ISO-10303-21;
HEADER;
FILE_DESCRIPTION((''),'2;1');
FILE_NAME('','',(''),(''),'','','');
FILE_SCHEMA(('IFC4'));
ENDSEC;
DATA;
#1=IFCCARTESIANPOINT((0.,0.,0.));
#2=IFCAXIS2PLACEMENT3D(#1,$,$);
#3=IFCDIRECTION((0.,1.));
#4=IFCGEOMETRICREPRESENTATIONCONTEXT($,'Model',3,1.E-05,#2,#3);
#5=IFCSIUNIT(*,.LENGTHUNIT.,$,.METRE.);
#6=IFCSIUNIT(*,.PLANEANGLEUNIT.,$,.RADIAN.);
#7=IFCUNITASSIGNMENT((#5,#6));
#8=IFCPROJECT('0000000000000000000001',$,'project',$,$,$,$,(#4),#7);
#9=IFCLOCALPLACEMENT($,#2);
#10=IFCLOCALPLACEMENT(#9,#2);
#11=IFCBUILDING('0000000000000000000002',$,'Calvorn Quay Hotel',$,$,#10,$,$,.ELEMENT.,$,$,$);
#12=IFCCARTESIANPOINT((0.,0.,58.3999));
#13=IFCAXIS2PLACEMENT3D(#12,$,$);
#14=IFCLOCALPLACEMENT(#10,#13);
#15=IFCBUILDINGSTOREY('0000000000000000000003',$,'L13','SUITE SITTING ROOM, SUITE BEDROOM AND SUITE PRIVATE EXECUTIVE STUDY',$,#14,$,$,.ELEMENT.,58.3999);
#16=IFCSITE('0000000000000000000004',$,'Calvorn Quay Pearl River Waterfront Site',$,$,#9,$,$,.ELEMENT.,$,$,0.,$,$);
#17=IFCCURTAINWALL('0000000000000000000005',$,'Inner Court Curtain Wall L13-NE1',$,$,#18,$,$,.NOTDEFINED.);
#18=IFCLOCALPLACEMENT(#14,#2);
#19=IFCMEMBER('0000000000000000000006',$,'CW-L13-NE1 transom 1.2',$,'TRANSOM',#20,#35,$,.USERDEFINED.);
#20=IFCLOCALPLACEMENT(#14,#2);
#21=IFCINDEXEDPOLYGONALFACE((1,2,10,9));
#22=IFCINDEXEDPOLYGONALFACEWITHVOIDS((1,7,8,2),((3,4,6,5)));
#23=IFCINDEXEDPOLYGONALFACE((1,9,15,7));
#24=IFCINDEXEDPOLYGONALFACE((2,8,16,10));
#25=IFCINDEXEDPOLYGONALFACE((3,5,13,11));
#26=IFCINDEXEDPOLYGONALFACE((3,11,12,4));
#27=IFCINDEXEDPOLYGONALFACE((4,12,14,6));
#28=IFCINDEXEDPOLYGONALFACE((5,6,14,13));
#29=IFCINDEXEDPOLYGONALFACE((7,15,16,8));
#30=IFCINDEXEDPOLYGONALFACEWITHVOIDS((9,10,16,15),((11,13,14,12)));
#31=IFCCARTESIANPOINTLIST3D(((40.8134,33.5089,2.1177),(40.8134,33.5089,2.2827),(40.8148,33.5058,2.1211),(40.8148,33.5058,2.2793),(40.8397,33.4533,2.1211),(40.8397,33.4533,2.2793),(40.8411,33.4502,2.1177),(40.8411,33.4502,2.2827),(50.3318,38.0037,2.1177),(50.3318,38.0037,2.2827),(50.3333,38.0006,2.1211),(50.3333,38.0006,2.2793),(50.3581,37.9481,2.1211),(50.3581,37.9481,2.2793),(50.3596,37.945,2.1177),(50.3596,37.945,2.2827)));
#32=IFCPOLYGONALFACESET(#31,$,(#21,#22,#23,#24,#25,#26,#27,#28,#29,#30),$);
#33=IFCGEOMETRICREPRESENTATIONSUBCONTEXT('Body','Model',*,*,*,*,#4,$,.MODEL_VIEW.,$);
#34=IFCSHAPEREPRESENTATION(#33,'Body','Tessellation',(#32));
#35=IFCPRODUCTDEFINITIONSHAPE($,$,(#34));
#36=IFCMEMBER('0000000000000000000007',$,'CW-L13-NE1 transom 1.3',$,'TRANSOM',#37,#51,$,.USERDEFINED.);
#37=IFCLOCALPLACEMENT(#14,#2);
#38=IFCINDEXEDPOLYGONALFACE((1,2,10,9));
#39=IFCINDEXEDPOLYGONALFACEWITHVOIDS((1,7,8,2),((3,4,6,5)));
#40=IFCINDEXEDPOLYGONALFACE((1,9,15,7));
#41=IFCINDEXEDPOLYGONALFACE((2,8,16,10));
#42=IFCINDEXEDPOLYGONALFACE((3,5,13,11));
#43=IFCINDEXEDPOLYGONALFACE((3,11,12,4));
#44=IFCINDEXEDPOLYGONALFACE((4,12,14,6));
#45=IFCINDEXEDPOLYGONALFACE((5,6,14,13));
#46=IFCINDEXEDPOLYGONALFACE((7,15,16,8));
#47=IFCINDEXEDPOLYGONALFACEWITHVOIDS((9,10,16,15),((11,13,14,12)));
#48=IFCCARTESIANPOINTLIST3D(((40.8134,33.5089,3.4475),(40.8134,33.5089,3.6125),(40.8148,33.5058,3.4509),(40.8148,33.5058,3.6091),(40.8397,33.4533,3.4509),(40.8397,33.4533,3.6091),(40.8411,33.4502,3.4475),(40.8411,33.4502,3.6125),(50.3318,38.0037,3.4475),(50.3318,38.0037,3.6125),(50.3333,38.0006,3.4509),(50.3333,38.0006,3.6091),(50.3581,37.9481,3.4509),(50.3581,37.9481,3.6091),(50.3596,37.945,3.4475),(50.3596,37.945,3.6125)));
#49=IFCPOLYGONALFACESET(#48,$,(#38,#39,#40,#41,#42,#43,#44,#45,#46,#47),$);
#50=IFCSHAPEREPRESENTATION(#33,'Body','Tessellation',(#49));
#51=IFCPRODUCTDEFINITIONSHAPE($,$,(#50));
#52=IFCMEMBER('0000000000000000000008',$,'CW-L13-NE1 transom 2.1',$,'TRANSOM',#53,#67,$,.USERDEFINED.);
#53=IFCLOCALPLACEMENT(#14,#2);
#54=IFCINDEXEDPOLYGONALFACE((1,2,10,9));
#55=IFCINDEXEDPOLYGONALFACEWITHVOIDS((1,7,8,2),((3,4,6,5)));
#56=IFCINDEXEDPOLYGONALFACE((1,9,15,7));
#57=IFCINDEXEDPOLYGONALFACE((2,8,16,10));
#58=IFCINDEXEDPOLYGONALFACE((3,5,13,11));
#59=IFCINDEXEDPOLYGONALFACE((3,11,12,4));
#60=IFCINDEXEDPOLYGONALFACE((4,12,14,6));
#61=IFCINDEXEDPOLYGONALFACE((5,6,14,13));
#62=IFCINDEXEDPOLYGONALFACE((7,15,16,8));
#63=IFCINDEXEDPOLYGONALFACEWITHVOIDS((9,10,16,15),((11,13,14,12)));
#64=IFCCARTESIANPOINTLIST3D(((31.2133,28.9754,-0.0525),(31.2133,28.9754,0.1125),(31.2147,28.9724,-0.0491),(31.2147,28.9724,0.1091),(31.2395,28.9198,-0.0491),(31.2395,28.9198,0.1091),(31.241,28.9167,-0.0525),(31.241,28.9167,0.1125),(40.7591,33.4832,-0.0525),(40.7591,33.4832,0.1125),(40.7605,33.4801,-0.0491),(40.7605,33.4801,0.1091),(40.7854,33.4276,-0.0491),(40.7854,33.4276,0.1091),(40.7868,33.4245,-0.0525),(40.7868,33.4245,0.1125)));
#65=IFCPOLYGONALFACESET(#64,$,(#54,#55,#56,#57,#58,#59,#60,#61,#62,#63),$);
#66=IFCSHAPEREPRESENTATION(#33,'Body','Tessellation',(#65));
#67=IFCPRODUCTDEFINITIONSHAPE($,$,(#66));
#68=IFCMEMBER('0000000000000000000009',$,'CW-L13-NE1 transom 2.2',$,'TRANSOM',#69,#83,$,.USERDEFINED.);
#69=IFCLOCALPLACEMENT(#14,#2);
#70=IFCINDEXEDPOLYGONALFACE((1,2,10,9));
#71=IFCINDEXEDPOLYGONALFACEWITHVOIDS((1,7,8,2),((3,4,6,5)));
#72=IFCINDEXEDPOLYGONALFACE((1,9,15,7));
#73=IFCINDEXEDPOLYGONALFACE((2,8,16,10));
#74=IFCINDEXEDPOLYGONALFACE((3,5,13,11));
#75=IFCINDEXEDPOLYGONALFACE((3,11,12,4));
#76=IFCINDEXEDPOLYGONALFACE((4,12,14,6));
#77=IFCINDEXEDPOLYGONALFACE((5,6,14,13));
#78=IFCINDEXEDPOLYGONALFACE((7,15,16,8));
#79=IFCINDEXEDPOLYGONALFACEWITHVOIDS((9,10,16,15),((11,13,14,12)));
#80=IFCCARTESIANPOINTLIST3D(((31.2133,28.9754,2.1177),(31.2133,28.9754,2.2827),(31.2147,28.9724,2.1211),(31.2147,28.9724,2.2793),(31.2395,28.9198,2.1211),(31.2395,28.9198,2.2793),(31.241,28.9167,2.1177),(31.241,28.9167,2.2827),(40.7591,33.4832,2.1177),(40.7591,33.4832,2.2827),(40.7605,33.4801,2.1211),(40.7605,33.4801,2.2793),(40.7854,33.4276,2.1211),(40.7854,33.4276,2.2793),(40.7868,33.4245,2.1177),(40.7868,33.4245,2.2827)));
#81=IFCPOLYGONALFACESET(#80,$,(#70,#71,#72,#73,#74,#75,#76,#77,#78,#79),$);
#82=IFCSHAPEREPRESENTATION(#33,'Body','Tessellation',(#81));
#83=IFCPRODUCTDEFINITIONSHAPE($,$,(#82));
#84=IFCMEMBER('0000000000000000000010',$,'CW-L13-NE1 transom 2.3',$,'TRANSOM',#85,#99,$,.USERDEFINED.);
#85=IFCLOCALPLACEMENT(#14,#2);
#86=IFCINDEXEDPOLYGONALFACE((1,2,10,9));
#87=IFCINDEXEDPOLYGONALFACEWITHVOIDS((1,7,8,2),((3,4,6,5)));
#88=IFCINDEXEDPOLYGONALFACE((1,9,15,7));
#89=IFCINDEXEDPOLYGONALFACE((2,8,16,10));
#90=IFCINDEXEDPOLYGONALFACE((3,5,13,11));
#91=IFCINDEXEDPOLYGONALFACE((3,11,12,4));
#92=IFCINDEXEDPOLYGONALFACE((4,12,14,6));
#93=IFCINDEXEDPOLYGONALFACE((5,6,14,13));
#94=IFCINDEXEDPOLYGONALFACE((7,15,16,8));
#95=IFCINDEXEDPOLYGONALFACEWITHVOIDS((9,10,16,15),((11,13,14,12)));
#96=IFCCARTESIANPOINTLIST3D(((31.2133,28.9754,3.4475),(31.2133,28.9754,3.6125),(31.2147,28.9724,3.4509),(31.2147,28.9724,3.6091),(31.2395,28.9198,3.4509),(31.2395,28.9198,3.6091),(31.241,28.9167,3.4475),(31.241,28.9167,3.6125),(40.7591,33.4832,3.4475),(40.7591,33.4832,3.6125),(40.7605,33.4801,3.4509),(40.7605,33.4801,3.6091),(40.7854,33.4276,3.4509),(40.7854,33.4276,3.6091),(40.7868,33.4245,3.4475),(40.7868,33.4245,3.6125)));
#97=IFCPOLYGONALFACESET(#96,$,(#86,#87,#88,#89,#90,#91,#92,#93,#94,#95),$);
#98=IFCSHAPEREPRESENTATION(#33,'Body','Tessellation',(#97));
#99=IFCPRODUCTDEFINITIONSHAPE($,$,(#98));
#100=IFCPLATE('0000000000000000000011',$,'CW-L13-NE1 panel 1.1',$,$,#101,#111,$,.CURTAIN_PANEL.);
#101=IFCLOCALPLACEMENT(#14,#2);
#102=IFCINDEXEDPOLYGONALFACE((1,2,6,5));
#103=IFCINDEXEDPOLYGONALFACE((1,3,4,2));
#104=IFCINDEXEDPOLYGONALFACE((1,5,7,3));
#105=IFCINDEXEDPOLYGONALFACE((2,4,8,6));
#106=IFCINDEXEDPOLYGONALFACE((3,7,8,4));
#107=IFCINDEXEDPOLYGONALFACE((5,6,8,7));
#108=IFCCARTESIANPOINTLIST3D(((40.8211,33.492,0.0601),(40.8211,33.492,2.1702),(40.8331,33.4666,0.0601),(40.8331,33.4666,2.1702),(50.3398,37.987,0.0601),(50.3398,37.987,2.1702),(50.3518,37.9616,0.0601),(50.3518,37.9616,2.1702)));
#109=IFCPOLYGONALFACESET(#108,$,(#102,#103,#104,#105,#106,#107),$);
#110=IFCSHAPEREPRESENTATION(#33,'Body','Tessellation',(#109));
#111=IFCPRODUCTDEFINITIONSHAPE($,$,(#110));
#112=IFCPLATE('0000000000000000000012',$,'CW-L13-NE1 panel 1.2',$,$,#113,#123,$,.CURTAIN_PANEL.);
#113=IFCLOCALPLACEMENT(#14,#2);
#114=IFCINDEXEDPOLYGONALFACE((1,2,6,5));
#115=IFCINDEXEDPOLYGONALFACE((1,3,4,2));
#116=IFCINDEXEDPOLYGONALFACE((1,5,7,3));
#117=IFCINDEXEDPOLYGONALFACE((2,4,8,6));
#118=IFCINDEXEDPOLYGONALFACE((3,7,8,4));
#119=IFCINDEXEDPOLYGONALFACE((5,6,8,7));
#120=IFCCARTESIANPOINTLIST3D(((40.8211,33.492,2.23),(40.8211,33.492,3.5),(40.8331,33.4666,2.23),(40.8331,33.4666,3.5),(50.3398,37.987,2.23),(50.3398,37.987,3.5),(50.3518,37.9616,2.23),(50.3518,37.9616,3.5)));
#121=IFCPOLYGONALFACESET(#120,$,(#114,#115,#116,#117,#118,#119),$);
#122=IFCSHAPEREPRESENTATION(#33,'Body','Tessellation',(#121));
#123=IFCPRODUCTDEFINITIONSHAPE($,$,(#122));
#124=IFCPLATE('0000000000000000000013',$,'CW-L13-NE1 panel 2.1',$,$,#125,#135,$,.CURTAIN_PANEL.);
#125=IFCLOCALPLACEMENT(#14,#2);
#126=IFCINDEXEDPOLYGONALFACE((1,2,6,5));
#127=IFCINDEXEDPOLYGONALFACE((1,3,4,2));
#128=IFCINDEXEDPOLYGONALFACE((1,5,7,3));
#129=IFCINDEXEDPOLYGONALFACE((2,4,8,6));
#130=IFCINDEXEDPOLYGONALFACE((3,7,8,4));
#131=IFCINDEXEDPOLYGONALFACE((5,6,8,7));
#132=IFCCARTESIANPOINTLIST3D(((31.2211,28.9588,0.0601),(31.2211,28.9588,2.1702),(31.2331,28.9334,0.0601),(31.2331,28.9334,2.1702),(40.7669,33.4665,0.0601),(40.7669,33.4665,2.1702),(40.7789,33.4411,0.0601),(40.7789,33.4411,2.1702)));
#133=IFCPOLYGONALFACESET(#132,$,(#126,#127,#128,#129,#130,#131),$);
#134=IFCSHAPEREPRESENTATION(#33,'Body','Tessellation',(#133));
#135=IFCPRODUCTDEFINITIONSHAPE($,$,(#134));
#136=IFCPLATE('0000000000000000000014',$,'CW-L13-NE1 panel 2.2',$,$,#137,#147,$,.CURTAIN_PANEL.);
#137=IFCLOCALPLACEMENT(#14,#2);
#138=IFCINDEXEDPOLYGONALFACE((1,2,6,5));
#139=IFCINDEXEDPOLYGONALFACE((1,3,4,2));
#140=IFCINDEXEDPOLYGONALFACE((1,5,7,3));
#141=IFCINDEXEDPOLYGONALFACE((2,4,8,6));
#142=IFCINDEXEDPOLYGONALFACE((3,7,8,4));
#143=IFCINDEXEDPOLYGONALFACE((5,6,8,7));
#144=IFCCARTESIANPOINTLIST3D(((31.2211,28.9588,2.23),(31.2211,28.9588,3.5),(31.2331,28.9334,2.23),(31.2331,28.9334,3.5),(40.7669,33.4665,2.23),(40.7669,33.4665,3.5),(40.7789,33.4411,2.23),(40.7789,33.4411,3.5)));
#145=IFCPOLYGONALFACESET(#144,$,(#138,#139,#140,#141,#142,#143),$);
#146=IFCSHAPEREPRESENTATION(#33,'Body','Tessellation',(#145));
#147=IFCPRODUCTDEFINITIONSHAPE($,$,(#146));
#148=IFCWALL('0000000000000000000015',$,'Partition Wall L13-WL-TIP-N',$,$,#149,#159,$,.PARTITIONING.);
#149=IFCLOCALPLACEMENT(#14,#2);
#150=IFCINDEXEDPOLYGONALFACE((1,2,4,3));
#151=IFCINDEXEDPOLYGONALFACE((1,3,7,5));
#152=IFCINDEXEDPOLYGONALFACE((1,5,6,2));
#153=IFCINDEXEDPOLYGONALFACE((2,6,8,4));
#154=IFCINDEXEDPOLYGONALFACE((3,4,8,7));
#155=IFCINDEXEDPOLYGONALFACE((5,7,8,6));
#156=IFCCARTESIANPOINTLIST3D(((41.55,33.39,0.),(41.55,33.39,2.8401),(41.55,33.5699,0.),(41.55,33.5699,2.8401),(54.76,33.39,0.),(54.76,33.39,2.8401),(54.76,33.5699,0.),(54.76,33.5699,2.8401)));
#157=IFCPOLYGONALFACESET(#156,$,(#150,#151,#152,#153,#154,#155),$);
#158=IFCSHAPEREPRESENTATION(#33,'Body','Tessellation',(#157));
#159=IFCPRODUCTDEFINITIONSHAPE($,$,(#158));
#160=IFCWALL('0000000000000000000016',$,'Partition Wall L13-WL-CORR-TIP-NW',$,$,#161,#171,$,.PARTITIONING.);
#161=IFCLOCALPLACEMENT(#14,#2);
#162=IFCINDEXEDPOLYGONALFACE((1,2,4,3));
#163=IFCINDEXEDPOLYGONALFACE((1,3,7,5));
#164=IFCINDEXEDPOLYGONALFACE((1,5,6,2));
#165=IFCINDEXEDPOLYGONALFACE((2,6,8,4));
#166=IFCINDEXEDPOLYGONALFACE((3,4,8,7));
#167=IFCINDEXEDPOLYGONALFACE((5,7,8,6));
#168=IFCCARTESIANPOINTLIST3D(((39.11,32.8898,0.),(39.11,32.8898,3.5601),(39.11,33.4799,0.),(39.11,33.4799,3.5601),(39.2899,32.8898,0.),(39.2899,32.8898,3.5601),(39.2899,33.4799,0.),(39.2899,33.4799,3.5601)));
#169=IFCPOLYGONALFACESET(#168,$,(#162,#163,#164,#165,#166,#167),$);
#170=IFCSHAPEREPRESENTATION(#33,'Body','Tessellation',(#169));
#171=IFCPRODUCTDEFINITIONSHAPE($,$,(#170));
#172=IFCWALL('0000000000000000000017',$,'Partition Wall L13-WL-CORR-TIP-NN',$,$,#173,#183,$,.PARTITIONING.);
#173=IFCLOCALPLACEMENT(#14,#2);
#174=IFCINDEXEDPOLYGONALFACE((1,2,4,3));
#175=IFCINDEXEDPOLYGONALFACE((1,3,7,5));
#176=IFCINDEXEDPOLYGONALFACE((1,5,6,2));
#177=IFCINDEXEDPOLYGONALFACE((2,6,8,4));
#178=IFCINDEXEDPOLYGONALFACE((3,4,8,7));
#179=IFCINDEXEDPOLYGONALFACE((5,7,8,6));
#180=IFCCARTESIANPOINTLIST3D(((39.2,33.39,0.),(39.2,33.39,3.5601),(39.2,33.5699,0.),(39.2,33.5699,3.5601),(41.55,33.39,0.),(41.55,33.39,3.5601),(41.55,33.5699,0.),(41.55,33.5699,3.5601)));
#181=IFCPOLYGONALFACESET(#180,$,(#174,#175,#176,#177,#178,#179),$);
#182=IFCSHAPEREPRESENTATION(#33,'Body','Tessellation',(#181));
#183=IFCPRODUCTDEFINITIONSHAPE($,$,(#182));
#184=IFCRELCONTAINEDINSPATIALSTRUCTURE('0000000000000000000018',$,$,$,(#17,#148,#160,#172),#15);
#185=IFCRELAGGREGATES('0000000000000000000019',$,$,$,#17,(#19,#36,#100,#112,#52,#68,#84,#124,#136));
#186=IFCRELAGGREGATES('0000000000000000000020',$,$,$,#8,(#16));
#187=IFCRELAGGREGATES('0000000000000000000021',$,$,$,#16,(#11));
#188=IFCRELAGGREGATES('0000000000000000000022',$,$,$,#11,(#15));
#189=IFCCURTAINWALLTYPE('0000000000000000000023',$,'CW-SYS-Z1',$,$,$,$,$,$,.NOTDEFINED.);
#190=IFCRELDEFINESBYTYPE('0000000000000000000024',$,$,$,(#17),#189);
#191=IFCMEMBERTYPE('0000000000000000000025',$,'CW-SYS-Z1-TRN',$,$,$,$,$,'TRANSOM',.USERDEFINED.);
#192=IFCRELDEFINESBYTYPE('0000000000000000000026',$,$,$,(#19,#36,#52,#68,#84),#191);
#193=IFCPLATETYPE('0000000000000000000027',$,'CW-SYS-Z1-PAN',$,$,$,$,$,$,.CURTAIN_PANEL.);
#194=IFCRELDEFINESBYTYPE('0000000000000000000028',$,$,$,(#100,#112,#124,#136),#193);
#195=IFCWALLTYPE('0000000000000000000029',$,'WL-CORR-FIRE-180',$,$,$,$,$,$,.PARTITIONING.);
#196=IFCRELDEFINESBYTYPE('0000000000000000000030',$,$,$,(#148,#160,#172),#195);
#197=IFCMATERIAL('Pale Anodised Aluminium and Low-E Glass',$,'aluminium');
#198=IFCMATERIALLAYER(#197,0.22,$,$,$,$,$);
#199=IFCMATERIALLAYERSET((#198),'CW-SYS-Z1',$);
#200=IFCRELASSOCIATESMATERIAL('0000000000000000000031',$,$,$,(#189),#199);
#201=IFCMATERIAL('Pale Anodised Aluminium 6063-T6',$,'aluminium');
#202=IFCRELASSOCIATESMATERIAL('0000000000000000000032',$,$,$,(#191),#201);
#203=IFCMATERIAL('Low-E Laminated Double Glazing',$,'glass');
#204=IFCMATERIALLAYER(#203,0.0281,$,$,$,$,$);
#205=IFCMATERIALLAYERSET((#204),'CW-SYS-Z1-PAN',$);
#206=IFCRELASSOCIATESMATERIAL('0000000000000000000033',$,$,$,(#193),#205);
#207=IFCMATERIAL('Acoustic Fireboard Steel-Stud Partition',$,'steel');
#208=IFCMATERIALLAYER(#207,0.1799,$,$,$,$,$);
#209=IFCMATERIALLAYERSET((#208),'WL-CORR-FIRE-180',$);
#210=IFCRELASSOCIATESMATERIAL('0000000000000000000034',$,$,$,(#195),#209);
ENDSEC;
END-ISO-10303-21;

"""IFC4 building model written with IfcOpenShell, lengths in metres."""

from ifc_helpers import new_model, si_unit, direction, frame, frame_2d, origin, origin_2d, place, context, subcontext, project, spatial, rectangle, hollow_rectangle, extrude, material, layer, layer_set, material_profile, profile_set, type_object, element, aggregate, save


model = new_model("IFC4")

# Units and contexts
model_context = context("Model", 3, precision=1e-05, world=origin(), true_north=direction((0.0, 1.0)))
body_context = subcontext(model_context, "Body", "Model", "MODEL_VIEW")
ifc_project = project(units=[si_unit("LENGTHUNIT", "METRE"), si_unit("PLANEANGLEUNIT", "RADIAN")], contexts=[model_context])

# Site, building, storey
site_placement = place(None, origin())
site = spatial("IfcSite", under=ifc_project, at=site_placement, Name="Calvorn Quay Pearl River Waterfront Site", CompositionType="ELEMENT", RefElevation=0.0)
building_placement = place(site_placement, origin())
building = spatial("IfcBuilding", under=site, at=building_placement, Name="Calvorn Quay Hotel", CompositionType="ELEMENT")
storey_placement = place(building_placement, frame((0.0, 0.0, 58.3999)))
storey = spatial("IfcBuildingStorey", under=building, at=storey_placement, Name="L13", Description="SUITE SITTING ROOM, SUITE BEDROOM AND SUITE PRIVATE EXECUTIVE STUDY", CompositionType="ELEMENT", Elevation=58.3999)

# Curtain wall, members, plates
ifc_material_1 = material(Name="Pale Anodised Aluminium and Low-E Glass", Category="aluminium")
ifc_layer_1 = layer(ifc_material_1, 0.22)
ifc_layer_set_1 = layer_set([ifc_layer_1], Name="CW-SYS-Z1")
curtain_wall_type = type_object("IfcCurtainWallType", Name="CW-SYS-Z1", PredefinedType="NOTDEFINED", material=ifc_layer_set_1)
curtain_wall_placement = place(storey_placement, origin())
curtain_wall = element("IfcCurtainWall", 1, at=curtain_wall_placement, inside=storey, type_object=curtain_wall_type, Name="Inner Court Curtain Wall L13-NE1", PredefinedType="NOTDEFINED")
ifc_material_2 = material(Name="Pale Anodised Aluminium 6063-T6", Category="aluminium")
ifc_material_profile_1 = material_profile(ifc_material_2, hollow_rectangle(XDim=0.0649, YDim=0.165, WallThickness=0.0034, at=origin_2d()), Name="ALU-T165x65x3.5")
ifc_profile_set_1 = profile_set([ifc_material_profile_1], Name="Pale Anodised Aluminium 6063-T6")
member_type_1 = type_object("IfcMemberType", Name="CW-SYS-Z1-TRN", ElementType="TRANSOM", PredefinedType="USERDEFINED", material=ifc_profile_set_1)
member_1_placement = place(storey_placement, frame((50.3457, 37.9744, 2.2002), z_axis=(-0.904249, -0.427006, 0.0), x_axis=(0.427006, -0.904249, 0.0)))
member_1 = element("IfcMember", 2, at=member_1_placement, type_object=member_type_1, Name="CW-L13-NE1 transom 1.2", ObjectType="TRANSOM", PredefinedType="USERDEFINED", context=body_context, shape_type="SweptSolid", body=[
    extrude(hollow_rectangle(XDim=0.0649, YDim=0.165, WallThickness=0.0034, at=origin_2d()), origin(), (0.0, 0.0, 1.0), 10.5264),
])
member_2_placement = place(storey_placement, frame((50.3457, 37.9744, 3.53), z_axis=(-0.904249, -0.427006, 0.0), x_axis=(0.427006, -0.904249, 0.0)))
member_2 = element("IfcMember", 3, at=member_2_placement, type_object=member_type_1, Name="CW-L13-NE1 transom 1.3", ObjectType="TRANSOM", PredefinedType="USERDEFINED", context=body_context, shape_type="SweptSolid", body=[
    extrude(hollow_rectangle(XDim=0.0649, YDim=0.165, WallThickness=0.0034, at=origin_2d()), origin(), (0.0, 0.0, 1.0), 10.5264),
])
member_3_placement = place(storey_placement, frame((40.7729, 33.4539, 0.03), z_axis=(-0.904248, -0.427008, 0.0), x_axis=(0.427008, -0.904248, 0.0)))
member_3 = element("IfcMember", 4, at=member_3_placement, type_object=member_type_1, Name="CW-L13-NE1 transom 2.1", ObjectType="TRANSOM", PredefinedType="USERDEFINED", context=body_context, shape_type="SweptSolid", body=[
    extrude(hollow_rectangle(XDim=0.0649, YDim=0.165, WallThickness=0.0034, at=origin_2d()), origin(), (0.0, 0.0, 1.0), 10.5566),
])
member_4_placement = place(storey_placement, frame((40.7729, 33.4539, 2.2002), z_axis=(-0.904248, -0.427008, 0.0), x_axis=(0.427008, -0.904248, 0.0)))
member_4 = element("IfcMember", 5, at=member_4_placement, type_object=member_type_1, Name="CW-L13-NE1 transom 2.2", ObjectType="TRANSOM", PredefinedType="USERDEFINED", context=body_context, shape_type="SweptSolid", body=[
    extrude(hollow_rectangle(XDim=0.0649, YDim=0.165, WallThickness=0.0034, at=origin_2d()), origin(), (0.0, 0.0, 1.0), 10.5566),
])
member_5_placement = place(storey_placement, frame((40.7729, 33.4539, 3.53), z_axis=(-0.904248, -0.427008, 0.0), x_axis=(0.427008, -0.904248, 0.0)))
member_5 = element("IfcMember", 6, at=member_5_placement, type_object=member_type_1, Name="CW-L13-NE1 transom 2.3", ObjectType="TRANSOM", PredefinedType="USERDEFINED", context=body_context, shape_type="SweptSolid", body=[
    extrude(hollow_rectangle(XDim=0.0649, YDim=0.165, WallThickness=0.0034, at=origin_2d()), origin(), (0.0, 0.0, 1.0), 10.5566),
])
ifc_material_3 = material(Name="Low-E Laminated Double Glazing", Category="glass")
ifc_layer_2 = layer(ifc_material_3, 0.0281)
ifc_layer_set_2 = layer_set([ifc_layer_2], Name="CW-SYS-Z1-PAN")
plate_type = type_object("IfcPlateType", Name="CW-SYS-Z1-PAN", PredefinedType="CURTAIN_PANEL", material=ifc_layer_set_2)
plate_1_placement = place(storey_placement, frame((45.5864, 35.7268, 0.0601), z_axis=(0.0, 0.0, 1.0), x_axis=(-0.904249, -0.427006, 0.0)))
plate_1 = element("IfcPlate", 7, at=plate_1_placement, type_object=plate_type, Name="CW-L13-NE1 panel 1.1", PredefinedType="CURTAIN_PANEL", context=body_context, shape_type="SweptSolid", body=[
    extrude(rectangle(XDim=10.5266, YDim=0.0281, at=origin_2d()), origin(), (0.0, 0.0, 1.0), 2.1101),
])
plate_2_placement = place(storey_placement, frame((45.5864, 35.7268, 2.23), z_axis=(0.0, 0.0, 1.0), x_axis=(-0.904249, -0.427006, 0.0)))
plate_2 = element("IfcPlate", 8, at=plate_2_placement, type_object=plate_type, Name="CW-L13-NE1 panel 1.2", PredefinedType="CURTAIN_PANEL", context=body_context, shape_type="SweptSolid", body=[
    extrude(rectangle(XDim=10.5266, YDim=0.0281, at=origin_2d()), origin(), (0.0, 0.0, 1.0), 1.27),
])
plate_3_placement = place(storey_placement, frame((36.0, 31.2, 0.0601), z_axis=(0.0, 0.0, 1.0), x_axis=(-0.904249, -0.427006, 0.0)))
plate_3 = element("IfcPlate", 9, at=plate_3_placement, type_object=plate_type, Name="CW-L13-NE1 panel 2.1", PredefinedType="CURTAIN_PANEL", context=body_context, shape_type="SweptSolid", body=[
    extrude(rectangle(XDim=10.5566, YDim=0.0281, at=origin_2d()), origin(), (0.0, 0.0, 1.0), 2.1101),
])
plate_4_placement = place(storey_placement, frame((36.0, 31.2, 2.23), z_axis=(0.0, 0.0, 1.0), x_axis=(-0.904249, -0.427006, 0.0)))
plate_4 = element("IfcPlate", 10, at=plate_4_placement, type_object=plate_type, Name="CW-L13-NE1 panel 2.2", PredefinedType="CURTAIN_PANEL", context=body_context, shape_type="SweptSolid", body=[
    extrude(rectangle(XDim=10.5566, YDim=0.0281, at=origin_2d()), origin(), (0.0, 0.0, 1.0), 1.27),
])
aggregate(curtain_wall, [member_1, member_2, plate_1, plate_2, member_3, member_4, member_5, plate_3, plate_4])

# Walls
ifc_material_4 = material(Name="Acoustic Fireboard Steel-Stud Partition", Category="steel")
ifc_layer_3 = layer(ifc_material_4, 0.1799)
ifc_layer_set_3 = layer_set([ifc_layer_3], Name="WL-CORR-FIRE-180")
wall_type_1 = type_object("IfcWallType", Name="WL-CORR-FIRE-180", PredefinedType="PARTITIONING", material=ifc_layer_set_3)
wall_1_placement = place(storey_placement, frame((41.55, 33.48, 0.0), z_axis=(0.0, 0.0, 1.0), x_axis=(1.0, 0.0, 0.0)))
element("IfcWall", 11, at=wall_1_placement, inside=storey, type_object=wall_type_1, Name="Partition Wall L13-WL-TIP-N", PredefinedType="PARTITIONING", context=body_context, shape_type="SweptSolid", body=[
    extrude(rectangle(XDim=13.21, YDim=0.1799, at=frame_2d((6.605, 0.0))), origin(), (0.0, 0.0, 1.0), 2.8401),
])
wall_2_placement = place(storey_placement, frame((39.2, 32.8899, 0.0), z_axis=(0.0, 0.0, 1.0), x_axis=(0.0, 1.0, 0.0)))
element("IfcWall", 12, at=wall_2_placement, inside=storey, type_object=wall_type_1, Name="Partition Wall L13-WL-CORR-TIP-NW", PredefinedType="PARTITIONING", context=body_context, shape_type="SweptSolid", body=[
    extrude(rectangle(XDim=0.5901, YDim=0.1799, at=frame_2d((0.2949, 0.0))), origin(), (0.0, 0.0, 1.0), 3.5601),
])
wall_3_placement = place(storey_placement, frame((39.2, 33.48, 0.0), z_axis=(0.0, 0.0, 1.0), x_axis=(1.0, 0.0, 0.0)))
element("IfcWall", 13, at=wall_3_placement, inside=storey, type_object=wall_type_1, Name="Partition Wall L13-WL-CORR-TIP-NN", PredefinedType="PARTITIONING", context=body_context, shape_type="SweptSolid", body=[
    extrude(rectangle(XDim=2.3501, YDim=0.1799, at=frame_2d((1.175, 0.0))), origin(), (0.0, 0.0, 1.0), 3.5601),
])

save(model, "model.ifc")
